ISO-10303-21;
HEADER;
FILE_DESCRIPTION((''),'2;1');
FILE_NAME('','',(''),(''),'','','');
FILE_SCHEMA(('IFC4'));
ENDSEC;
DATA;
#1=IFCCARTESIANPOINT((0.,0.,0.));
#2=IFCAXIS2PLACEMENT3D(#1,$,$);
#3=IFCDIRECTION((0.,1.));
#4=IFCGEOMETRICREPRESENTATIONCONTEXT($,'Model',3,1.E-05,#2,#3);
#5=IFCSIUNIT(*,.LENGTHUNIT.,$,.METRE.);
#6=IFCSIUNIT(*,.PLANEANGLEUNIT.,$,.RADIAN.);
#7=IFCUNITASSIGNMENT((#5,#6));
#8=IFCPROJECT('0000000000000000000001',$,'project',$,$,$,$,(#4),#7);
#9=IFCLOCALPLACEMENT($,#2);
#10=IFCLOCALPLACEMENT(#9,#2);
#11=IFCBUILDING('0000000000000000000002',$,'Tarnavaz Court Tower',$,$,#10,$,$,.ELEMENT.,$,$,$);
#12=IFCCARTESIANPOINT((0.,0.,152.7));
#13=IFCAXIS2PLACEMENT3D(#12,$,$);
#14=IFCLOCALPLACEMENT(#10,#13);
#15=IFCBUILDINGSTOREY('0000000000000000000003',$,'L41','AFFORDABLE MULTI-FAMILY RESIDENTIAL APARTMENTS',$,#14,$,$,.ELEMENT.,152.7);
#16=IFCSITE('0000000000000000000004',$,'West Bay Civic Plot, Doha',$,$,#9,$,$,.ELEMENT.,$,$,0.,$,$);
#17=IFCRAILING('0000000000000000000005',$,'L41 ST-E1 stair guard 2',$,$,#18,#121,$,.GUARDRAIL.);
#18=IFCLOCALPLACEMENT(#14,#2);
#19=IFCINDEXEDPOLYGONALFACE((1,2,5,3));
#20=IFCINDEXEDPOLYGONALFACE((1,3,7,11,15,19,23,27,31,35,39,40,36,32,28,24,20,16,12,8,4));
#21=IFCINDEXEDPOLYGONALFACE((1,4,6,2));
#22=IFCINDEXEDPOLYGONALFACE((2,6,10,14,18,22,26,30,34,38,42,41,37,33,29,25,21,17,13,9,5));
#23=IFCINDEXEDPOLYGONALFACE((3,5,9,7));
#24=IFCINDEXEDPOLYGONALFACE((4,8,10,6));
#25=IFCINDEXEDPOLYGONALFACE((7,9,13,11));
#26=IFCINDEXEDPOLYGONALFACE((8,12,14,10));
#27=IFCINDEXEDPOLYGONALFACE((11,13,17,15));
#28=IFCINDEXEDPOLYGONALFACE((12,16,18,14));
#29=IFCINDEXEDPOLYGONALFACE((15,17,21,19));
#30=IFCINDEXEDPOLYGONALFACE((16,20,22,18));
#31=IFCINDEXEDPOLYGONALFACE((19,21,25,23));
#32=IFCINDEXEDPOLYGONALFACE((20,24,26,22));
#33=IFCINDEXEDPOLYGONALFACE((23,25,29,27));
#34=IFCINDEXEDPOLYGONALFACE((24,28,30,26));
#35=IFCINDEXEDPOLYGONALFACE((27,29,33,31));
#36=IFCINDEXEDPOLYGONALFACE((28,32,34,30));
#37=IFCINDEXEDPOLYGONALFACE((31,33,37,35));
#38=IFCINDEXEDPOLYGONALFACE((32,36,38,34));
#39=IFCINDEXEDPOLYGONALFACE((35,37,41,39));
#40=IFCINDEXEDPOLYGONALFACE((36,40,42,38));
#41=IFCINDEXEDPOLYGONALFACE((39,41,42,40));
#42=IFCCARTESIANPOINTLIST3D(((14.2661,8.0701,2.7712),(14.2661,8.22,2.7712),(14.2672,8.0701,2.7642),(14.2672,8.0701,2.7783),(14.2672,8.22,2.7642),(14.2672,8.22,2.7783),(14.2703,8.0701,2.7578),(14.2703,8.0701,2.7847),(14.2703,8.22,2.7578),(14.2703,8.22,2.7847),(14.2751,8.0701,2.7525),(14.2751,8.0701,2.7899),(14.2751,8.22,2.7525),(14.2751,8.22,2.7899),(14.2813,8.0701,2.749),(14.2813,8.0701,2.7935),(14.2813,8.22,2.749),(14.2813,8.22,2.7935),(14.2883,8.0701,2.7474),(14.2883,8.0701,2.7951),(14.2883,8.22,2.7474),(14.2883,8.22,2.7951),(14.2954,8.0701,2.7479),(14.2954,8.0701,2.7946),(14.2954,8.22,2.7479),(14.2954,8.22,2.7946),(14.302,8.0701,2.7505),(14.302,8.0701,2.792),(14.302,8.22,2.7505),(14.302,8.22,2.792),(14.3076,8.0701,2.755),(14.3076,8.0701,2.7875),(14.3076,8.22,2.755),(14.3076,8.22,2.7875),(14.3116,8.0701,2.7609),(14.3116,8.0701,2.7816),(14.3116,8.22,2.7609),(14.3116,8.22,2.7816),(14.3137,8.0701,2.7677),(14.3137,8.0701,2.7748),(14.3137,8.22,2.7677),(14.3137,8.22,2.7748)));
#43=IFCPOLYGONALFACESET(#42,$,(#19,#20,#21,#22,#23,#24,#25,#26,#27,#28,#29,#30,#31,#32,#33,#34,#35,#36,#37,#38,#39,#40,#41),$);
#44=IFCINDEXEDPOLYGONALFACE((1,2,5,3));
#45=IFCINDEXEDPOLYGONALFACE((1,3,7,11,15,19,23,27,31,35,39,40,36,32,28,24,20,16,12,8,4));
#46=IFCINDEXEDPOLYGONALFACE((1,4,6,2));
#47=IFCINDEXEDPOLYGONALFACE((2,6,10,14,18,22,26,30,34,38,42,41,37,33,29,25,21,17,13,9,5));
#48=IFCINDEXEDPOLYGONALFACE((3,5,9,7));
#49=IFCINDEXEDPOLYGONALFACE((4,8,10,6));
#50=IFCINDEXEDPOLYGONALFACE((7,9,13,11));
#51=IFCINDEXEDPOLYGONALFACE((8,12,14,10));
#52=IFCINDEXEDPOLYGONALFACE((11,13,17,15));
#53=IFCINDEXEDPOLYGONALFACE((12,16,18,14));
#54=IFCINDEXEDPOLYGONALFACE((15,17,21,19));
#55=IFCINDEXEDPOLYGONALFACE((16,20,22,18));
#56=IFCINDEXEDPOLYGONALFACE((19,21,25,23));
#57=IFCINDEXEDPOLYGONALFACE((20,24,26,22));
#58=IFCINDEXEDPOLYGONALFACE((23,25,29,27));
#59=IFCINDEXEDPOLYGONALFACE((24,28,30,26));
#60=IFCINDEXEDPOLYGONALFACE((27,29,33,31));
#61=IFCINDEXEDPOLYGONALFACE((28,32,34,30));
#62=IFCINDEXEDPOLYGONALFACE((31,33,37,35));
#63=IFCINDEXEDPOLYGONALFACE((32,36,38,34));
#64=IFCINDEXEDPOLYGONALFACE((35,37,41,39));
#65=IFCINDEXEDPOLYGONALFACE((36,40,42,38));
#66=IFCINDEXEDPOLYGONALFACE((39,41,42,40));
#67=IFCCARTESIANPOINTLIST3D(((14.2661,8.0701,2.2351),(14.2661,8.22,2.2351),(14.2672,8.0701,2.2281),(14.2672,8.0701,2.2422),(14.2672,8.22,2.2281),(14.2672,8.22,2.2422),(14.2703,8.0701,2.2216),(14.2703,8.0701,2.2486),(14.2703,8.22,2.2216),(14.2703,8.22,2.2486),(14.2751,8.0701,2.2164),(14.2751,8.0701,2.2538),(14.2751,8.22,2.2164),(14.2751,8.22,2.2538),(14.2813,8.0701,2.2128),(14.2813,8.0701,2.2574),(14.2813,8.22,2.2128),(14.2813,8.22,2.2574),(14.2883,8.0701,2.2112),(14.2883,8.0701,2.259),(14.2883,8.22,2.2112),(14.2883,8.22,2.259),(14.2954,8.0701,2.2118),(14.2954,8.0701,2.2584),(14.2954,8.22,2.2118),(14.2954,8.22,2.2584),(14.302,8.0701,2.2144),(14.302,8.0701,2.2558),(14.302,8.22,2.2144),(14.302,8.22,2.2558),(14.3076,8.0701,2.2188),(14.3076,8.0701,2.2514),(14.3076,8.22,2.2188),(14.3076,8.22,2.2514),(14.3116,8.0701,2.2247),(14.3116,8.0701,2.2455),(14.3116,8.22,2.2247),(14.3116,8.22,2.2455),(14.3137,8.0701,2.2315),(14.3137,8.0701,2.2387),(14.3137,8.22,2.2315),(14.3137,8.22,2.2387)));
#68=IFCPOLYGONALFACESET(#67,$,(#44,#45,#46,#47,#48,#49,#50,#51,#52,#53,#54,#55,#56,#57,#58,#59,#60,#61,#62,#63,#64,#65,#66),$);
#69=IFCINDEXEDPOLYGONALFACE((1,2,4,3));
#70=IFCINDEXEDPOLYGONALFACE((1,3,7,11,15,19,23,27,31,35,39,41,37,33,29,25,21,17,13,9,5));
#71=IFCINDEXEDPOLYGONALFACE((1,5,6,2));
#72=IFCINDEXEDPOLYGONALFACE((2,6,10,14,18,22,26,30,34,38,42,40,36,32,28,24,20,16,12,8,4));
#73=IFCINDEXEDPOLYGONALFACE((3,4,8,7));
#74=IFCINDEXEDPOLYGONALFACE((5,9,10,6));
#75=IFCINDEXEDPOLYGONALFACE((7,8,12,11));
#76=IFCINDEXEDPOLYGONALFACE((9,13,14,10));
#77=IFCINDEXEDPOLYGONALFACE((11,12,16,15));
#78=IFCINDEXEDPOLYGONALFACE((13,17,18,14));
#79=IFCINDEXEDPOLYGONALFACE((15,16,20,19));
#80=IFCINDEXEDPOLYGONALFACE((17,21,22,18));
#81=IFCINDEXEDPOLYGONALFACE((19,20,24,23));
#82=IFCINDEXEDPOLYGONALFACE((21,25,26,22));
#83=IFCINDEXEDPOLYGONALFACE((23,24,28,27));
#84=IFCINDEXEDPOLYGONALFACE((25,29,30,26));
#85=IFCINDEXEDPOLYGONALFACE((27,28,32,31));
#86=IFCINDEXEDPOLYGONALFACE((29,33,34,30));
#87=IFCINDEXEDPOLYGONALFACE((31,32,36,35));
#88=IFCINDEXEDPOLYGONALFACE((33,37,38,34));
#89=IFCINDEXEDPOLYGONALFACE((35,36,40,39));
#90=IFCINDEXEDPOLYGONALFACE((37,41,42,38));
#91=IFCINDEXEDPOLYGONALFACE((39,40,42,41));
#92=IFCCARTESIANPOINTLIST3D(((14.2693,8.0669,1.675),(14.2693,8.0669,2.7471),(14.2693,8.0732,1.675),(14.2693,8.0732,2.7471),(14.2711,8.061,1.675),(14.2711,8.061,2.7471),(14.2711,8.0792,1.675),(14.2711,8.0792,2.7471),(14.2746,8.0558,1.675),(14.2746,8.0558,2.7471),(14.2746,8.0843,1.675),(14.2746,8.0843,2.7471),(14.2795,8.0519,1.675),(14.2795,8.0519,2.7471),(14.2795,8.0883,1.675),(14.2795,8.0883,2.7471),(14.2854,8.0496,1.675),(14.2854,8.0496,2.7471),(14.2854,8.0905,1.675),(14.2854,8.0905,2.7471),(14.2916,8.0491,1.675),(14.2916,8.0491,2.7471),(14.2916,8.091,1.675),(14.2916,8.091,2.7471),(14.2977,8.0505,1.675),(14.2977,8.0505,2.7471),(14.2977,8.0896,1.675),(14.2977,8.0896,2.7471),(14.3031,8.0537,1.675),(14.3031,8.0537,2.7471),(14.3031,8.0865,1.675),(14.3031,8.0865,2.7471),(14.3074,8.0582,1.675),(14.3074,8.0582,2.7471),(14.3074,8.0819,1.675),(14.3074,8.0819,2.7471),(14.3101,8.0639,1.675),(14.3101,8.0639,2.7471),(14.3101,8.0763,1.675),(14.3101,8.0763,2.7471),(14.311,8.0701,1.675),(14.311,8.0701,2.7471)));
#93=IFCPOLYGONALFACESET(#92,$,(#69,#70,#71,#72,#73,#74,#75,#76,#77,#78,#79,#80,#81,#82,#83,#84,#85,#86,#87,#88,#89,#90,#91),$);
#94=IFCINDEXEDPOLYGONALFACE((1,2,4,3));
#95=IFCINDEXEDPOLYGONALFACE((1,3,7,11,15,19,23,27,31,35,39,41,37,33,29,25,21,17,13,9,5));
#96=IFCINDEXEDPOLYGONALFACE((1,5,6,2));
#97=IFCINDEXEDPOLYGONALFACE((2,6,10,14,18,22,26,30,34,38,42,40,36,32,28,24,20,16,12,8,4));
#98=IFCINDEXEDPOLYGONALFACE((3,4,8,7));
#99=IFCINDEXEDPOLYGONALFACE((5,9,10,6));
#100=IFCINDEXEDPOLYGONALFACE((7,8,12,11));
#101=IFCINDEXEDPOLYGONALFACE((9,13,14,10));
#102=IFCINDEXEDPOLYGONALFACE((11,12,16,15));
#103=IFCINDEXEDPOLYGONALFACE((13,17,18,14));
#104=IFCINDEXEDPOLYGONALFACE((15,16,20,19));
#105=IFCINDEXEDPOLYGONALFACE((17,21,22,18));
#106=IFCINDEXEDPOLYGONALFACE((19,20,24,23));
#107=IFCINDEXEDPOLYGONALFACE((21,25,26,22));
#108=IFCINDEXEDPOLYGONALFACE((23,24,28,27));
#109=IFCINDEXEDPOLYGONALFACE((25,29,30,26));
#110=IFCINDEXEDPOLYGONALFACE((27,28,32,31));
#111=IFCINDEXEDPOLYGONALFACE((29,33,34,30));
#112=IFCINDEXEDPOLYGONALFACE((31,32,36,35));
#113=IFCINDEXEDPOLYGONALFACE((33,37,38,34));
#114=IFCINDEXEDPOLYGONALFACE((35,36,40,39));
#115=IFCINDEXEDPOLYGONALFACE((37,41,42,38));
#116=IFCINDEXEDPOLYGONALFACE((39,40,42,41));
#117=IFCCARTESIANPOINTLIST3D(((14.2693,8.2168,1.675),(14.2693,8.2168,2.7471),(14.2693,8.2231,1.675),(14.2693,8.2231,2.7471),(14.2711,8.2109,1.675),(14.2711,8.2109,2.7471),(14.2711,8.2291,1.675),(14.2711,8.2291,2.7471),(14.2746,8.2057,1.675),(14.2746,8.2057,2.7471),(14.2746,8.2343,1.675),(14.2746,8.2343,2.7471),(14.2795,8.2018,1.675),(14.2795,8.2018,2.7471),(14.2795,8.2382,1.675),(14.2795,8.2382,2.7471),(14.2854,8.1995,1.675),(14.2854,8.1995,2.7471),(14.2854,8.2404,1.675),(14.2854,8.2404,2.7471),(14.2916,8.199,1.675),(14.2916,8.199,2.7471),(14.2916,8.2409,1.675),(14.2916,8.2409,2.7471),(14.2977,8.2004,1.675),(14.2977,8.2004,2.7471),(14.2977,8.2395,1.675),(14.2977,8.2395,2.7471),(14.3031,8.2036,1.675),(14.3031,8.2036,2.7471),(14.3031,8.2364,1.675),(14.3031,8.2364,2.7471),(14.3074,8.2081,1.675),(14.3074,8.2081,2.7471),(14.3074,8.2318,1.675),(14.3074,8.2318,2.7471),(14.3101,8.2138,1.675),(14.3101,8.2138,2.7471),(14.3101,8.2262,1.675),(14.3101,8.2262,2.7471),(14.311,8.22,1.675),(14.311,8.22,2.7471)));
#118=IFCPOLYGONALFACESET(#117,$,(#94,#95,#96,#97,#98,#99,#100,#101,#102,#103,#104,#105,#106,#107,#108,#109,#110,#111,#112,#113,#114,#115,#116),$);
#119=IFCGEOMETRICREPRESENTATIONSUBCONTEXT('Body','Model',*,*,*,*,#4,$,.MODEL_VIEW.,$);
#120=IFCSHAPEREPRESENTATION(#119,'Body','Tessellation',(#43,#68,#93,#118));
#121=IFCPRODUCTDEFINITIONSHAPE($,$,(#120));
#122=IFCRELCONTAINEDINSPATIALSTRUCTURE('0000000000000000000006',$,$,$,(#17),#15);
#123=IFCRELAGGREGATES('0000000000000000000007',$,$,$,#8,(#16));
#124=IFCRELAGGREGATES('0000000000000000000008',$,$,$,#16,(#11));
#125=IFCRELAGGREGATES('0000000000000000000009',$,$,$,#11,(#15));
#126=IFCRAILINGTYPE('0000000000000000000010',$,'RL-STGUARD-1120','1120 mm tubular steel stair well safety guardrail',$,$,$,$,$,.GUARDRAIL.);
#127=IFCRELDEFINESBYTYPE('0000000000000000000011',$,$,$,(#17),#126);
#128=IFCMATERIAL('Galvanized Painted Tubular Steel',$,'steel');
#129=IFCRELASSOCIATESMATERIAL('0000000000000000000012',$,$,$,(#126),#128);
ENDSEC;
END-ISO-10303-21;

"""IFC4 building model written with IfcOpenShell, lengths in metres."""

from ifc_helpers import new_model, si_unit, direction, frame, origin, origin_2d, place, context, subcontext, project, spatial, circle, extrude, material, type_object, element, save


model = new_model("IFC4")

# Units and contexts
model_context = context("Model", 3, precision=1e-05, world=origin(), true_north=direction((0.0, 1.0)))
body_context = subcontext(model_context, "Body", "Model", "MODEL_VIEW")
ifc_project = project(units=[si_unit("LENGTHUNIT", "METRE"), si_unit("PLANEANGLEUNIT", "RADIAN")], contexts=[model_context])

# Site, building, storey
site_placement = place(None, origin())
site = spatial("IfcSite", under=ifc_project, at=site_placement, Name="West Bay Civic Plot, Doha", CompositionType="ELEMENT", RefElevation=0.0)
building_placement = place(site_placement, origin())
building = spatial("IfcBuilding", under=site, at=building_placement, Name="Tarnavaz Court Tower", CompositionType="ELEMENT")
storey_placement = place(building_placement, frame((0.0, 0.0, 152.7)))
storey = spatial("IfcBuildingStorey", under=building, at=storey_placement, Name="L41", Description="AFFORDABLE MULTI-FAMILY RESIDENTIAL APARTMENTS", CompositionType="ELEMENT", Elevation=152.7)

# Railing
ifc_material_1 = material(Name="Galvanized Painted Tubular Steel", Category="steel")
railing_type_1 = type_object("IfcRailingType", Name="RL-STGUARD-1120", Description="1120 mm tubular steel stair well safety guardrail", PredefinedType="GUARDRAIL", material=ifc_material_1)
railing_1_placement = place(storey_placement, frame((14.29, 8.0701, 1.675)))
element("IfcRailing", 1, at=railing_1_placement, inside=storey, type_object=railing_type_1, Name="L41 ST-E1 stair guard 2", PredefinedType="GUARDRAIL", context=body_context, shape_type="SweptSolid", body=[
    extrude(circle(Radius=0.0239, at=origin_2d()), frame((0.0, 0.0, 1.0962), z_axis=(0.0, 1.0, 0.0), x_axis=(-1.0, 0.0, 0.0)), (0.0, 0.0, 1.0), 0.1499),
    extrude(circle(Radius=0.0239, at=origin_2d()), frame((0.0, 0.0, 0.5601), z_axis=(0.0, 1.0, 0.0), x_axis=(-1.0, 0.0, 0.0)), (0.0, 0.0, 1.0), 0.1499),
    extrude(circle(Radius=0.021, at=origin_2d()), origin(), (0.0, 0.0, 1.0), 1.072),
    extrude(circle(Radius=0.021, at=origin_2d()), frame((0.0, 0.1499, 0.0)), (0.0, 0.0, 1.0), 1.072),
])

save(model, "model.ifc")
